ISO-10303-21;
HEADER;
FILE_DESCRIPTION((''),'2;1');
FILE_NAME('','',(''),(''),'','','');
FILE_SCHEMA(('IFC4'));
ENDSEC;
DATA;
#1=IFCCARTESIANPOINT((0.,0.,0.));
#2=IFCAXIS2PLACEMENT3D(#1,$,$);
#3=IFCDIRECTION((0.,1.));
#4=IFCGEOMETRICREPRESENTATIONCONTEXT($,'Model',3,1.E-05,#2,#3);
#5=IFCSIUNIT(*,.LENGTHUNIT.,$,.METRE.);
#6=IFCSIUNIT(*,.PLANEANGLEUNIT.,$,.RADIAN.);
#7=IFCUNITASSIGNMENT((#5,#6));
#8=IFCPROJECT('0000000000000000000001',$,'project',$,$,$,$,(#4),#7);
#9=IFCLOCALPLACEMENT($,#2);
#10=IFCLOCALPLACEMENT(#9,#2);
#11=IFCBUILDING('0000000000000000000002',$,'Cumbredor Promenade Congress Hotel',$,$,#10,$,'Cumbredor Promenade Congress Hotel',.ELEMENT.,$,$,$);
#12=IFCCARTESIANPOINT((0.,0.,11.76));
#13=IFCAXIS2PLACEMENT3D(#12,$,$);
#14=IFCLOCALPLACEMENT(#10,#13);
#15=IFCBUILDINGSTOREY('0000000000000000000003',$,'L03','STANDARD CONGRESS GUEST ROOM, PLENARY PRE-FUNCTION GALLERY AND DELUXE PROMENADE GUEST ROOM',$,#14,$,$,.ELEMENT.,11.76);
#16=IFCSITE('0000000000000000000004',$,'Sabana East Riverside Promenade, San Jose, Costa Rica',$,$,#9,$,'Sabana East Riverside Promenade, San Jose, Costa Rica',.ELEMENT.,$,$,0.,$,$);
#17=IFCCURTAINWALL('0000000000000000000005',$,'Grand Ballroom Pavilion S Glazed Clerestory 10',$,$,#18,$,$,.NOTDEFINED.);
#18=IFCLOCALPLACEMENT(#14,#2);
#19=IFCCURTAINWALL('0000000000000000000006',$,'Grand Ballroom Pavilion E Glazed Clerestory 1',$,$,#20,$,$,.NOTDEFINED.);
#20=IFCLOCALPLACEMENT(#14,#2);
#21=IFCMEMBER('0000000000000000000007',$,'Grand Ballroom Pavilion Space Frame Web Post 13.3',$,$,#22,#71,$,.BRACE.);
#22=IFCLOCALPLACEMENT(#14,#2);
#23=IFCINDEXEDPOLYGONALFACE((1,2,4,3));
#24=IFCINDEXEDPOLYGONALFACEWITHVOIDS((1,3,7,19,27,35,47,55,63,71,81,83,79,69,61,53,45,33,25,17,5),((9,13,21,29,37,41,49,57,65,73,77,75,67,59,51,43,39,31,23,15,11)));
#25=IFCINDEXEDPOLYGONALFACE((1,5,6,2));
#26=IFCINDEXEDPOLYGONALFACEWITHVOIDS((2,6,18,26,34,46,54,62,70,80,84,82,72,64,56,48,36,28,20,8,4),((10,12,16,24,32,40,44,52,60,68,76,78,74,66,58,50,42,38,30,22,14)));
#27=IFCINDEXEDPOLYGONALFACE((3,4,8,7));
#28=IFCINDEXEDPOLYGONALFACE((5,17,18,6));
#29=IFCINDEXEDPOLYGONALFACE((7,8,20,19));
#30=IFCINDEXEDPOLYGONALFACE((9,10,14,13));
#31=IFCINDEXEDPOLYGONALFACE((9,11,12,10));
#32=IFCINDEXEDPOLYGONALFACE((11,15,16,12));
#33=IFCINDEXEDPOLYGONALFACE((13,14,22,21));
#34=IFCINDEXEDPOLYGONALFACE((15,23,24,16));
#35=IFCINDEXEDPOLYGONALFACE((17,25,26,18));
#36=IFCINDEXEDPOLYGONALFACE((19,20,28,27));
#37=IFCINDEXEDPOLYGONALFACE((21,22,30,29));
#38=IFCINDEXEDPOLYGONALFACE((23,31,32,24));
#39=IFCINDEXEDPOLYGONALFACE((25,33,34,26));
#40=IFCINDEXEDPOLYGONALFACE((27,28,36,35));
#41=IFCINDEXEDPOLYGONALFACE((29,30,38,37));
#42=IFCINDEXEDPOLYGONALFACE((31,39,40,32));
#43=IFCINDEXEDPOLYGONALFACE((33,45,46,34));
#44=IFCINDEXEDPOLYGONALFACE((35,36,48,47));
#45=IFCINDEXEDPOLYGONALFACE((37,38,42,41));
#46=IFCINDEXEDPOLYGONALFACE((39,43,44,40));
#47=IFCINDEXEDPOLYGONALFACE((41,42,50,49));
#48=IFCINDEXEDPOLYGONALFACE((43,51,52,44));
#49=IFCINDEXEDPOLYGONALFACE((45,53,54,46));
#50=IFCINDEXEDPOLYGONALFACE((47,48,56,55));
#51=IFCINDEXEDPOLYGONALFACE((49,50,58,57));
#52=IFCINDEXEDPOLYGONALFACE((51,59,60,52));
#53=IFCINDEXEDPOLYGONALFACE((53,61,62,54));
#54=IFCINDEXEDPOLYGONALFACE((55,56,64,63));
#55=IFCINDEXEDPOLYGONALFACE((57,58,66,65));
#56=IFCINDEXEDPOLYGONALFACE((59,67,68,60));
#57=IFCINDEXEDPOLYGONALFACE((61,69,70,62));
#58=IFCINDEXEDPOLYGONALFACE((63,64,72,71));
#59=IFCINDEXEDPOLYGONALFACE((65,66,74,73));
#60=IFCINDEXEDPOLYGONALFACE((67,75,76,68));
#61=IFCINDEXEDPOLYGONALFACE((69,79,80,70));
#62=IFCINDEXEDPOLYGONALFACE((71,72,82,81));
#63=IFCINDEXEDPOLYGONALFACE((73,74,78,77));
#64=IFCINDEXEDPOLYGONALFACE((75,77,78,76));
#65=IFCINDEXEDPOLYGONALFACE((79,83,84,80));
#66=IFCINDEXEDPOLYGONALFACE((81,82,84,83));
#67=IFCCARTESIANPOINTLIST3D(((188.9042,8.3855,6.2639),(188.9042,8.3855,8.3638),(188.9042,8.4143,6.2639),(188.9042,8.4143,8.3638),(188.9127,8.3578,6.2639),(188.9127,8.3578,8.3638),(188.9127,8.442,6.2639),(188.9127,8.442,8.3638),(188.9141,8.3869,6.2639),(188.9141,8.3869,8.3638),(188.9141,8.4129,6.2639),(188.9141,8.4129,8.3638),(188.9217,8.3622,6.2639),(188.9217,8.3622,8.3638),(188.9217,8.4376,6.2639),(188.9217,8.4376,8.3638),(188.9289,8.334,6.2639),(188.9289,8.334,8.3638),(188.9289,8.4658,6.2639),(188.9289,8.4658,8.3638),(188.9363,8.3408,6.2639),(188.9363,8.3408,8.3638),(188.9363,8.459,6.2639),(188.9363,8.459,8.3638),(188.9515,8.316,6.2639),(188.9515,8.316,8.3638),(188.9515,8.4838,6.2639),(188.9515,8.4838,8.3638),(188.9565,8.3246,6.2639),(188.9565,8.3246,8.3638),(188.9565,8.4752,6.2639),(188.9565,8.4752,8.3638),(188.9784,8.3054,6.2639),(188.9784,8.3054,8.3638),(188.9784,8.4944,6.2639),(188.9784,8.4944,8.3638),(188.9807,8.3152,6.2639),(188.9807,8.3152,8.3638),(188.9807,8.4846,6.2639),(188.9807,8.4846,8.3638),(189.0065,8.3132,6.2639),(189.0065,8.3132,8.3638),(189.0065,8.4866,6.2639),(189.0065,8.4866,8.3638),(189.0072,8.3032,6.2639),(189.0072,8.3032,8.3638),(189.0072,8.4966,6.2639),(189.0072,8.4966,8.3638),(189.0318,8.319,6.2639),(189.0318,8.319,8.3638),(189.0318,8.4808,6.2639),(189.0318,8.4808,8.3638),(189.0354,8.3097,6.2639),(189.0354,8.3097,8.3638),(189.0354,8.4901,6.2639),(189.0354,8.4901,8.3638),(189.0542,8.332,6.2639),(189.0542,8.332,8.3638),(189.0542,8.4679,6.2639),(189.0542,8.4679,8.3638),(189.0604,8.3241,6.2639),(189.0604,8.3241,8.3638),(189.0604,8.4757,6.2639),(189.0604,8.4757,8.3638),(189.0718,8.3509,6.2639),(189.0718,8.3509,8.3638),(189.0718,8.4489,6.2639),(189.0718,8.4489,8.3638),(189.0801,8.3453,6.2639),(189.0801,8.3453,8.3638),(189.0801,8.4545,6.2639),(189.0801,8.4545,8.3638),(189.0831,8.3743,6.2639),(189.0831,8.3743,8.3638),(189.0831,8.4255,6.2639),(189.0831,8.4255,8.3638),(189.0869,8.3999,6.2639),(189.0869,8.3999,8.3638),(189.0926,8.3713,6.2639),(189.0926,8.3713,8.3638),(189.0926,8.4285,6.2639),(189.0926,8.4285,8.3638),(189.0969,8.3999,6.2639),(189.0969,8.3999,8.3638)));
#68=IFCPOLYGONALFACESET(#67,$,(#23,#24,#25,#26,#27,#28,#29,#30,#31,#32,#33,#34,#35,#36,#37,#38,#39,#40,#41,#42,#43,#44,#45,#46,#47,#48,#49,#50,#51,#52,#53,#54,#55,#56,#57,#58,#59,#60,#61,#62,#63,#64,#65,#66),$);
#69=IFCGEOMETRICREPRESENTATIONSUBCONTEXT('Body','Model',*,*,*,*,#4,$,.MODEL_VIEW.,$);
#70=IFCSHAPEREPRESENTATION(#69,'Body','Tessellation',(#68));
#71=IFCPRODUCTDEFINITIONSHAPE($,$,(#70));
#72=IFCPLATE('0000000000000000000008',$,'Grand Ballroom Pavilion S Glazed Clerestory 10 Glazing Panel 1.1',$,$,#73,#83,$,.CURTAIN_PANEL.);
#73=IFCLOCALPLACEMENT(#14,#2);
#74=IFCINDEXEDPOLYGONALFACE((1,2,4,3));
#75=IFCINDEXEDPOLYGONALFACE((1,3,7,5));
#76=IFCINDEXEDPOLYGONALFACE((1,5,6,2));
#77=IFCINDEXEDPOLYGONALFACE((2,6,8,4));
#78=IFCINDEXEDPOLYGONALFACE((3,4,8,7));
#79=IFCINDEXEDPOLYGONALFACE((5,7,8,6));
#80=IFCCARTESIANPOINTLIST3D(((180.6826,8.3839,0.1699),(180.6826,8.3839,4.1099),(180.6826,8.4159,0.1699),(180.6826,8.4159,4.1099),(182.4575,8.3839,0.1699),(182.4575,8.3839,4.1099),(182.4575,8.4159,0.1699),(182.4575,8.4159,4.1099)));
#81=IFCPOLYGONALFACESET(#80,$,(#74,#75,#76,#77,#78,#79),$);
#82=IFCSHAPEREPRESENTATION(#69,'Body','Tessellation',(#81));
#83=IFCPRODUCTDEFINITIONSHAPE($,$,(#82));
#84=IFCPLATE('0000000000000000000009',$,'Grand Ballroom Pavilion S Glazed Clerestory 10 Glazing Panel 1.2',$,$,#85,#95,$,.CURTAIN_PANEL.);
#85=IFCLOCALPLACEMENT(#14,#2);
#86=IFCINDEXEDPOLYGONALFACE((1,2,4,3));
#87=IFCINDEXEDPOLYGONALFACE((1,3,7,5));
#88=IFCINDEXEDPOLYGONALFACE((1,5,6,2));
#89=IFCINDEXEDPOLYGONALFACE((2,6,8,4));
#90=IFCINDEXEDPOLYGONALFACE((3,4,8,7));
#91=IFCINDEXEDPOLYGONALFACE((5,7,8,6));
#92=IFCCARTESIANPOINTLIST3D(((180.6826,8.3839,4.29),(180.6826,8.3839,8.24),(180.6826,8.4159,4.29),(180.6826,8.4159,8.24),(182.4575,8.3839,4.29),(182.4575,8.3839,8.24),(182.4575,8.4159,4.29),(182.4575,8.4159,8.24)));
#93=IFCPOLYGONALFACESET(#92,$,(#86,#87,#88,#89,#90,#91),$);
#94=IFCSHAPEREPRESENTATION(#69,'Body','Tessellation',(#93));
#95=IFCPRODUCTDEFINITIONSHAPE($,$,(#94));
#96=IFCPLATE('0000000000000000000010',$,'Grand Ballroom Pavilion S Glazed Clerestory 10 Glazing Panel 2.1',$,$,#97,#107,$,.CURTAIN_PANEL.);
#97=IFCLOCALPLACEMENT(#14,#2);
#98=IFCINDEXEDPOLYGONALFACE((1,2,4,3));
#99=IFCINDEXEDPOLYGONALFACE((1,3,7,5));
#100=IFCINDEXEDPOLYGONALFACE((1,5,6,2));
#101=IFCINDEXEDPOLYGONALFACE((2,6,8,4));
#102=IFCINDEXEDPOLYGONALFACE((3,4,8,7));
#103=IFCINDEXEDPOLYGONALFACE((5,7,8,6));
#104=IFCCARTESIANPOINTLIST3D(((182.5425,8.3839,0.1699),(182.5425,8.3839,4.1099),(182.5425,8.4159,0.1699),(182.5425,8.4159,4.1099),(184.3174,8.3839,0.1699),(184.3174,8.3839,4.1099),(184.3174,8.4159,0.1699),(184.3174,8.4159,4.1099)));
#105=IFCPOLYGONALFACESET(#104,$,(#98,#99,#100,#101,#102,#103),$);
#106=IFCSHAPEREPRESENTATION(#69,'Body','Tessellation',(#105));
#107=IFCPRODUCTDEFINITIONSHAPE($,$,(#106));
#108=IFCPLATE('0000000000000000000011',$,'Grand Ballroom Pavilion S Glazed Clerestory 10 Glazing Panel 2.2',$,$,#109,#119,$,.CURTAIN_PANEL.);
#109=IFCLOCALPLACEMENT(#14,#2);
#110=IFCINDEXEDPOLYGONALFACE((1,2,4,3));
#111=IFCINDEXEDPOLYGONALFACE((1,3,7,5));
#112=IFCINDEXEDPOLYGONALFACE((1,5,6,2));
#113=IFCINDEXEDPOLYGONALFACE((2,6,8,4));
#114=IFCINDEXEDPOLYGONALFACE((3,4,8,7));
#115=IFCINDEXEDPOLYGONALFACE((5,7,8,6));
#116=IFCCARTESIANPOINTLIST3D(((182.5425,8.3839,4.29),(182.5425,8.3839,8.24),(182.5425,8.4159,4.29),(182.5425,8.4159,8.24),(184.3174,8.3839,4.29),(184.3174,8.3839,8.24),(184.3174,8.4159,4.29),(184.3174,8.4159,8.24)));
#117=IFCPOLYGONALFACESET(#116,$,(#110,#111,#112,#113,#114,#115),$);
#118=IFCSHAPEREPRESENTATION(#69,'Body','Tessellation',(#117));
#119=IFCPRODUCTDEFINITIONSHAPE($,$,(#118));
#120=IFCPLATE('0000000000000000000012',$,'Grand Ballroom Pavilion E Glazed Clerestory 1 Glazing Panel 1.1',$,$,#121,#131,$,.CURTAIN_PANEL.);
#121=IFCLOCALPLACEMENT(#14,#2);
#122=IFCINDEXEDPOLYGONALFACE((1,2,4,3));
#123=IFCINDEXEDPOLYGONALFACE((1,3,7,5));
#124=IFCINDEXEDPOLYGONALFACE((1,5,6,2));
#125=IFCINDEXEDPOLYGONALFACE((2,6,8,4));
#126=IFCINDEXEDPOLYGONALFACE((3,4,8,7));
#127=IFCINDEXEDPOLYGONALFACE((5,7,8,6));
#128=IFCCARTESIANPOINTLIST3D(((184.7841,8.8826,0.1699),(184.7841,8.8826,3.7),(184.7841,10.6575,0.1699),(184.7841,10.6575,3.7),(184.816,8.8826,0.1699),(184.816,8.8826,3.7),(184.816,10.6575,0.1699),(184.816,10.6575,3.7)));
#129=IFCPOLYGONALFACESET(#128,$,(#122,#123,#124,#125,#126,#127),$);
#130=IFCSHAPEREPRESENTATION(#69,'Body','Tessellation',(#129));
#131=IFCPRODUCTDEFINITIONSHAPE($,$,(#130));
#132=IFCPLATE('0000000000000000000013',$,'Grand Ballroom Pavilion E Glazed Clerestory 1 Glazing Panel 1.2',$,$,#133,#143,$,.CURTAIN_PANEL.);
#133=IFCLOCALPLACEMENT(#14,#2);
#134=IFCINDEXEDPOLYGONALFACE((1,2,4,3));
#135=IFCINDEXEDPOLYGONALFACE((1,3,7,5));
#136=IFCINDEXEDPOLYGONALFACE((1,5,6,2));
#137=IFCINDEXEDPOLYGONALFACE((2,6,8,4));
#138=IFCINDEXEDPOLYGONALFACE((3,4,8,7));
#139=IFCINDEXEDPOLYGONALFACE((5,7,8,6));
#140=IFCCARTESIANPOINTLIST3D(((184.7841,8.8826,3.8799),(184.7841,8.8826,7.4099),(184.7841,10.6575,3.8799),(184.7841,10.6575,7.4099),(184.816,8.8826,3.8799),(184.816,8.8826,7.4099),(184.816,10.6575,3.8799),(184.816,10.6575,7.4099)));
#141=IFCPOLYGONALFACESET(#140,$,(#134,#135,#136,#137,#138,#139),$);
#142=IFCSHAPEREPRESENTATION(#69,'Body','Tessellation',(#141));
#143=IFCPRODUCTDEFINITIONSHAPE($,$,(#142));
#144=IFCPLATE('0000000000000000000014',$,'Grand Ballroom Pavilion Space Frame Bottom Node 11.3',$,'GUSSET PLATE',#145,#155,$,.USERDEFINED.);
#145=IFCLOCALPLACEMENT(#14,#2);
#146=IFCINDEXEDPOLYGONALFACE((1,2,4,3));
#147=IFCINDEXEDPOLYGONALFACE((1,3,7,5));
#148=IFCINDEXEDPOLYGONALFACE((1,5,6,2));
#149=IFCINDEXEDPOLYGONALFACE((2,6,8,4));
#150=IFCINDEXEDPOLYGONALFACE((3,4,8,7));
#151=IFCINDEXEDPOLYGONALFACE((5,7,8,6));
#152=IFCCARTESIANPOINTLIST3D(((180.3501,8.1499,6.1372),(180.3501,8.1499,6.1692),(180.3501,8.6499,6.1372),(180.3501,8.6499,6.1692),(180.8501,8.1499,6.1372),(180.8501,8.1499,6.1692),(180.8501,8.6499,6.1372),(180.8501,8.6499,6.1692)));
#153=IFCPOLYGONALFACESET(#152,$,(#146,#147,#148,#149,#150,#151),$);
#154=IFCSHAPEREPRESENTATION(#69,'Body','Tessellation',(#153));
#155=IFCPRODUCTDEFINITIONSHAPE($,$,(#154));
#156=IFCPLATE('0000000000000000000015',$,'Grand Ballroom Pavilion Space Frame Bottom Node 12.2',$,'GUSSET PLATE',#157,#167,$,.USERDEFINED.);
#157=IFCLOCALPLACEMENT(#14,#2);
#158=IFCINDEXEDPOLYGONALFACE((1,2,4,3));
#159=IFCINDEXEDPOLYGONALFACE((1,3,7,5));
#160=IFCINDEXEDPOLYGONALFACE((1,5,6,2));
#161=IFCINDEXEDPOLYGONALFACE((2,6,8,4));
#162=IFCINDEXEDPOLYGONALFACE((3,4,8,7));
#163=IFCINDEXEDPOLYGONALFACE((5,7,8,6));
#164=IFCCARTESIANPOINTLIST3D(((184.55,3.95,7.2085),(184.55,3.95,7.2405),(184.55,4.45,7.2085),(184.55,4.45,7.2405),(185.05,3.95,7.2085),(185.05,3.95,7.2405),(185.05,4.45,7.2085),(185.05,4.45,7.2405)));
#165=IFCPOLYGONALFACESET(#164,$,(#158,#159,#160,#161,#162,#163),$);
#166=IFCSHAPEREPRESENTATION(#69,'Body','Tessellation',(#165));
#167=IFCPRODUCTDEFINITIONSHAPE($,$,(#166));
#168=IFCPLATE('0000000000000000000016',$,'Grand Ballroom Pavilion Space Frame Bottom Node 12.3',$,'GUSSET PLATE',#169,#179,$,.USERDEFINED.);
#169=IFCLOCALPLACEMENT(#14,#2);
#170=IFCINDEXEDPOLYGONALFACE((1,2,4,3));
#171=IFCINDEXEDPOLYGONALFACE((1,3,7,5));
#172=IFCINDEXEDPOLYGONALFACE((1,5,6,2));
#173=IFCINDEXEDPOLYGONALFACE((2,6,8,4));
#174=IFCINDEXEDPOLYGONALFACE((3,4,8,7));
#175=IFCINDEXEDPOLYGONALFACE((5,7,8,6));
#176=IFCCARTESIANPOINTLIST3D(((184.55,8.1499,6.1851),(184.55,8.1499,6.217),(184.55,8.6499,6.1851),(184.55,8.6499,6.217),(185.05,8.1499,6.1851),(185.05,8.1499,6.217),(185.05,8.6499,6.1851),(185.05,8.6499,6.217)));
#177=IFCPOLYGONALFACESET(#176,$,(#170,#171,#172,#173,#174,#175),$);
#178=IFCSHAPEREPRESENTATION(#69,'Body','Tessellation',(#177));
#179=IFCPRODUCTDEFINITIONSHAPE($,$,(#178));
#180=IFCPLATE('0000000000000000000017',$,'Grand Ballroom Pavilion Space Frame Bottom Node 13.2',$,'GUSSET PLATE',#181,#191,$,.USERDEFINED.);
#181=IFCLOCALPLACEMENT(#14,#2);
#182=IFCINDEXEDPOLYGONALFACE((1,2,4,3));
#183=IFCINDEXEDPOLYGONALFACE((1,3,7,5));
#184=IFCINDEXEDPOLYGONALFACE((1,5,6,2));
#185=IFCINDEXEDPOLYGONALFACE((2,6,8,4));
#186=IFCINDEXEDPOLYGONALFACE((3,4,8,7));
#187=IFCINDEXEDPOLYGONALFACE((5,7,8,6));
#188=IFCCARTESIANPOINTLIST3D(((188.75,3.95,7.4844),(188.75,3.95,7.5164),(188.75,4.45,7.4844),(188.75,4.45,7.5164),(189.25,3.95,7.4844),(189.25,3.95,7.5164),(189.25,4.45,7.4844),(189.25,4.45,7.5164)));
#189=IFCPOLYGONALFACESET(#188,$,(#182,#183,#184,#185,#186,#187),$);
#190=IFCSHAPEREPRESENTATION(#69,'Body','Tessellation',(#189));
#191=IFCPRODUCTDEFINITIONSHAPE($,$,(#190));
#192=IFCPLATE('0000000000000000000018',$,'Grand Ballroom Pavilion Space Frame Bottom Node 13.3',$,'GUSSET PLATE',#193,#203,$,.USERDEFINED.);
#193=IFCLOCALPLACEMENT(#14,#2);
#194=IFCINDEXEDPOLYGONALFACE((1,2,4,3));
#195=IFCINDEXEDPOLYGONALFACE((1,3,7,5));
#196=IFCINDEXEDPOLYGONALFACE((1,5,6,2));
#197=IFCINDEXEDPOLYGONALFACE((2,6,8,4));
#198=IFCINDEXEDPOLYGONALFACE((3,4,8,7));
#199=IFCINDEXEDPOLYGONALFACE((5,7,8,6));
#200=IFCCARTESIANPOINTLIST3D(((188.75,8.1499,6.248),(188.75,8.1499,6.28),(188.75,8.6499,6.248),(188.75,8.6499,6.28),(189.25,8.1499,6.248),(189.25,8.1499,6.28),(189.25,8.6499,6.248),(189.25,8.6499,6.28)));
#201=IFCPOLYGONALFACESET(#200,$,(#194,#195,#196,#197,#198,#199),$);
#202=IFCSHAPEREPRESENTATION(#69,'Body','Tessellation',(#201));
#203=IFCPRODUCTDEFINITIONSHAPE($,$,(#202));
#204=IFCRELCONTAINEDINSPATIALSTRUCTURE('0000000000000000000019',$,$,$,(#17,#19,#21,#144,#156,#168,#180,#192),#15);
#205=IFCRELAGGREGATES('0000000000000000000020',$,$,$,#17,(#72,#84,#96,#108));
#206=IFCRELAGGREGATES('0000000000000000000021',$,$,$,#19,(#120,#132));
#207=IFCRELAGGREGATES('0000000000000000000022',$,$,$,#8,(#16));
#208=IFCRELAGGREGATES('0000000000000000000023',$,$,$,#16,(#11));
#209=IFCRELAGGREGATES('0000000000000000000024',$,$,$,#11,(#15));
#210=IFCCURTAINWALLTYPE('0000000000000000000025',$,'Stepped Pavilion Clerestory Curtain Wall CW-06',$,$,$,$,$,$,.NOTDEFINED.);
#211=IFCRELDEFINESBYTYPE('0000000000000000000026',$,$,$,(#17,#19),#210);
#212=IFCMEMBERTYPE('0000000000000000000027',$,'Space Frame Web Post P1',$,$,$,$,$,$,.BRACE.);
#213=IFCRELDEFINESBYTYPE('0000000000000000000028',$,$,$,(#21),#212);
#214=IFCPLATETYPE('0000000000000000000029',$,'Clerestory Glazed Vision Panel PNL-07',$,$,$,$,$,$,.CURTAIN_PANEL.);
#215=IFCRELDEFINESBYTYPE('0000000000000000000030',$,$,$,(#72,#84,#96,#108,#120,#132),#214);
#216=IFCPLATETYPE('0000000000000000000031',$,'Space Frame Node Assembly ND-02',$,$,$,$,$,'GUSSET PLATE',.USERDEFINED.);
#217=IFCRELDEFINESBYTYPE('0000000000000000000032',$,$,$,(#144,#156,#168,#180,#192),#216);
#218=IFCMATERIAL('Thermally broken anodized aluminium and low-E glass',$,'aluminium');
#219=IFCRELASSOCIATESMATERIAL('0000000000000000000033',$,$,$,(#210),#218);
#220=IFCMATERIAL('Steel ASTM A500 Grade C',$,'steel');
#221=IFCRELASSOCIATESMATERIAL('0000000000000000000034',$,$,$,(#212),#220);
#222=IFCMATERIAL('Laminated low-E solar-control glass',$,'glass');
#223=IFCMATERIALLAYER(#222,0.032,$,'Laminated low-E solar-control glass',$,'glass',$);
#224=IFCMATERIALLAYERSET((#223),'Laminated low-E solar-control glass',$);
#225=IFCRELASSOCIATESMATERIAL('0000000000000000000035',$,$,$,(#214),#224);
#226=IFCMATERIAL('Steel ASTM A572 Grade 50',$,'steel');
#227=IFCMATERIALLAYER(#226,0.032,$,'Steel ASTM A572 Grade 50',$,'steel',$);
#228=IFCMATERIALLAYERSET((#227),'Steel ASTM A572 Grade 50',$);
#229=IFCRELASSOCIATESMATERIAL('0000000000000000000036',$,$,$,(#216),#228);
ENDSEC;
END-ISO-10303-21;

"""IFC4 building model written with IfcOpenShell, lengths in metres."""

from ifc_helpers import new_model, si_unit, direction, frame, origin, origin_2d, place, context, subcontext, project, spatial, rectangle, hollow_circle, extrude, material, layer, layer_set, material_profile, profile_set, type_object, element, aggregate, save


model = new_model("IFC4")

# Units and contexts
model_context = context("Model", 3, precision=1e-05, world=origin(), true_north=direction((0.0, 1.0)))
body_context = subcontext(model_context, "Body", "Model", "MODEL_VIEW")
ifc_project = project(units=[si_unit("LENGTHUNIT", "METRE"), si_unit("PLANEANGLEUNIT", "RADIAN")], contexts=[model_context])

# Site, building, storey
site_placement = place(None, origin())
site = spatial("IfcSite", under=ifc_project, at=site_placement, Name="Sabana East Riverside Promenade, San Jose, Costa Rica", LongName="Sabana East Riverside Promenade, San Jose, Costa Rica", CompositionType="ELEMENT", RefElevation=0.0)
building_placement = place(site_placement, origin())
building = spatial("IfcBuilding", under=site, at=building_placement, Name="Cumbredor Promenade Congress Hotel", LongName="Cumbredor Promenade Congress Hotel", CompositionType="ELEMENT")
storey_placement = place(building_placement, frame((0.0, 0.0, 11.76)))
storey = spatial("IfcBuildingStorey", under=building, at=storey_placement, Name="L03", Description="STANDARD CONGRESS GUEST ROOM, PLENARY PRE-FUNCTION GALLERY AND DELUXE PROMENADE GUEST ROOM", CompositionType="ELEMENT", Elevation=11.76)

# Shared definitions
ifc_material_1 = material(Name="Steel ASTM A500 Grade C", Category="steel")

# Curtain walls
ifc_material_2 = material(Name="Thermally broken anodized aluminium and low-E glass", Category="aluminium")
curtain_wall_type = type_object("IfcCurtainWallType", Name="Stepped Pavilion Clerestory Curtain Wall CW-06", PredefinedType="NOTDEFINED", material=ifc_material_2)
curtain_wall_1_placement = place(storey_placement, origin())
curtain_wall_1 = element("IfcCurtainWall", 1, at=curtain_wall_1_placement, inside=storey, type_object=curtain_wall_type, Name="Grand Ballroom Pavilion S Glazed Clerestory 10", PredefinedType="NOTDEFINED")
curtain_wall_2_placement = place(storey_placement, origin())
curtain_wall_2 = element("IfcCurtainWall", 2, at=curtain_wall_2_placement, inside=storey, type_object=curtain_wall_type, Name="Grand Ballroom Pavilion E Glazed Clerestory 1", PredefinedType="NOTDEFINED")

# Member
ifc_material_profile_1 = material_profile(ifc_material_1, hollow_circle(Radius=0.0969, WallThickness=0.01, at=origin_2d()), Name="CHS 193.7x10")
ifc_profile_set_1 = profile_set([ifc_material_profile_1], Name="Steel ASTM A500 Grade C")
member_type_1 = type_object("IfcMemberType", Name="Space Frame Web Post P1", PredefinedType="BRACE", material=ifc_profile_set_1)
member_1_placement = place(storey_placement, frame((189.0, 8.3999, 6.2639), z_axis=(0.0, 0.0, 1.0), x_axis=(1.0, 0.0, 0.0)))
element("IfcMember", 3, at=member_1_placement, inside=storey, type_object=member_type_1, Name="Grand Ballroom Pavilion Space Frame Web Post 13.3", PredefinedType="BRACE", context=body_context, shape_type="SweptSolid", body=[
    extrude(hollow_circle(Radius=0.0969, WallThickness=0.01, at=origin_2d()), origin(), (0.0, 0.0, 1.0), 2.0999),
])

# Plates
ifc_material_3 = material(Name="Laminated low-E solar-control glass", Category="glass")
ifc_layer_1 = layer(ifc_material_3, 0.032, Name="Laminated low-E solar-control glass", Category="glass")
ifc_layer_set_1 = layer_set([ifc_layer_1], Name="Laminated low-E solar-control glass")
plate_type_1 = type_object("IfcPlateType", Name="Clerestory Glazed Vision Panel PNL-07", PredefinedType="CURTAIN_PANEL", material=ifc_layer_set_1)
plate_1_placement = place(storey_placement, frame((181.5701, 8.3999, 0.1699), z_axis=(0.0, 0.0, 1.0), x_axis=(1.0, 0.0, 0.0)))
plate_1 = element("IfcPlate", 4, at=plate_1_placement, type_object=plate_type_1, Name="Grand Ballroom Pavilion S Glazed Clerestory 10 Glazing Panel 1.1", PredefinedType="CURTAIN_PANEL", context=body_context, shape_type="SweptSolid", body=[
    extrude(rectangle(XDim=1.7749, YDim=0.032, at=origin_2d()), origin(), (0.0, 0.0, 1.0), 3.9399),
])
plate_2_placement = place(storey_placement, frame((181.5701, 8.3999, 4.29), z_axis=(0.0, 0.0, 1.0), x_axis=(1.0, 0.0, 0.0)))
plate_2 = element("IfcPlate", 5, at=plate_2_placement, type_object=plate_type_1, Name="Grand Ballroom Pavilion S Glazed Clerestory 10 Glazing Panel 1.2", PredefinedType="CURTAIN_PANEL", context=body_context, shape_type="SweptSolid", body=[
    extrude(rectangle(XDim=1.7749, YDim=0.032, at=origin_2d()), origin(), (0.0, 0.0, 1.0), 3.95),
])
plate_3_placement = place(storey_placement, frame((183.4299, 8.3999, 0.1699), z_axis=(0.0, 0.0, 1.0), x_axis=(1.0, 0.0, 0.0)))
plate_3 = element("IfcPlate", 6, at=plate_3_placement, type_object=plate_type_1, Name="Grand Ballroom Pavilion S Glazed Clerestory 10 Glazing Panel 2.1", PredefinedType="CURTAIN_PANEL", context=body_context, shape_type="SweptSolid", body=[
    extrude(rectangle(XDim=1.7749, YDim=0.032, at=origin_2d()), origin(), (0.0, 0.0, 1.0), 3.9399),
])
plate_4_placement = place(storey_placement, frame((183.4299, 8.3999, 4.29), z_axis=(0.0, 0.0, 1.0), x_axis=(1.0, 0.0, 0.0)))
plate_4 = element("IfcPlate", 7, at=plate_4_placement, type_object=plate_type_1, Name="Grand Ballroom Pavilion S Glazed Clerestory 10 Glazing Panel 2.2", PredefinedType="CURTAIN_PANEL", context=body_context, shape_type="SweptSolid", body=[
    extrude(rectangle(XDim=1.7749, YDim=0.032, at=origin_2d()), origin(), (0.0, 0.0, 1.0), 3.95),
])
aggregate(curtain_wall_1, [plate_1, plate_2, plate_3, plate_4])
plate_5_placement = place(storey_placement, frame((184.8, 9.77, 0.1699), z_axis=(0.0, 0.0, 1.0), x_axis=(0.0, 1.0, 0.0)))
plate_5 = element("IfcPlate", 8, at=plate_5_placement, type_object=plate_type_1, Name="Grand Ballroom Pavilion E Glazed Clerestory 1 Glazing Panel 1.1", PredefinedType="CURTAIN_PANEL", context=body_context, shape_type="SweptSolid", body=[
    extrude(rectangle(XDim=1.7749, YDim=0.032, at=origin_2d()), origin(), (0.0, 0.0, 1.0), 3.53),
])
plate_6_placement = place(storey_placement, frame((184.8, 9.77, 3.8799), z_axis=(0.0, 0.0, 1.0), x_axis=(0.0, 1.0, 0.0)))
plate_6 = element("IfcPlate", 9, at=plate_6_placement, type_object=plate_type_1, Name="Grand Ballroom Pavilion E Glazed Clerestory 1 Glazing Panel 1.2", PredefinedType="CURTAIN_PANEL", context=body_context, shape_type="SweptSolid", body=[
    extrude(rectangle(XDim=1.7749, YDim=0.032, at=origin_2d()), origin(), (0.0, 0.0, 1.0), 3.53),
])
aggregate(curtain_wall_2, [plate_5, plate_6])

# Plates
ifc_material_4 = material(Name="Steel ASTM A572 Grade 50", Category="steel")
ifc_layer_2 = layer(ifc_material_4, 0.032, Name="Steel ASTM A572 Grade 50", Category="steel")
ifc_layer_set_2 = layer_set([ifc_layer_2], Name="Steel ASTM A572 Grade 50")
plate_type_2 = type_object("IfcPlateType", Name="Space Frame Node Assembly ND-02", ElementType="GUSSET PLATE", PredefinedType="USERDEFINED", material=ifc_layer_set_2)
for number, where, z_axis, x_axis, name in (
    (10, (180.6001, 8.3999, 6.1372), (0.0, 0.0, 1.0), (1.0, 0.0, 0.0), "Grand Ballroom Pavilion Space Frame Bottom Node 11.3"),
    (11, (184.8, 4.2, 7.2085), (0.0, 0.0, 1.0), (1.0, 0.0, 0.0), "Grand Ballroom Pavilion Space Frame Bottom Node 12.2"),
    (12, (184.8, 8.3999, 6.1851), (0.0, 0.0, 1.0), (1.0, 0.0, 0.0), "Grand Ballroom Pavilion Space Frame Bottom Node 12.3"),
    (13, (189.0, 4.2, 7.4844), (0.0, 0.0, 1.0), (1.0, 0.0, 0.0), "Grand Ballroom Pavilion Space Frame Bottom Node 13.2"),
    (14, (189.0, 8.3999, 6.248), (0.0, 0.0, 1.0), (1.0, 0.0, 0.0), "Grand Ballroom Pavilion Space Frame Bottom Node 13.3"),
):
    element("IfcPlate", number, at=place(storey_placement, frame(where, z_axis=z_axis, x_axis=x_axis)), inside=storey, type_object=plate_type_2, Name=name, ObjectType="GUSSET PLATE", PredefinedType="USERDEFINED", context=body_context, shape_type="SweptSolid", body=[
        extrude(rectangle(XDim=0.5, YDim=0.5, at=origin_2d()), origin(), (0.0, 0.0, 1.0), 0.032),
    ])

save(model, "model.ifc")
